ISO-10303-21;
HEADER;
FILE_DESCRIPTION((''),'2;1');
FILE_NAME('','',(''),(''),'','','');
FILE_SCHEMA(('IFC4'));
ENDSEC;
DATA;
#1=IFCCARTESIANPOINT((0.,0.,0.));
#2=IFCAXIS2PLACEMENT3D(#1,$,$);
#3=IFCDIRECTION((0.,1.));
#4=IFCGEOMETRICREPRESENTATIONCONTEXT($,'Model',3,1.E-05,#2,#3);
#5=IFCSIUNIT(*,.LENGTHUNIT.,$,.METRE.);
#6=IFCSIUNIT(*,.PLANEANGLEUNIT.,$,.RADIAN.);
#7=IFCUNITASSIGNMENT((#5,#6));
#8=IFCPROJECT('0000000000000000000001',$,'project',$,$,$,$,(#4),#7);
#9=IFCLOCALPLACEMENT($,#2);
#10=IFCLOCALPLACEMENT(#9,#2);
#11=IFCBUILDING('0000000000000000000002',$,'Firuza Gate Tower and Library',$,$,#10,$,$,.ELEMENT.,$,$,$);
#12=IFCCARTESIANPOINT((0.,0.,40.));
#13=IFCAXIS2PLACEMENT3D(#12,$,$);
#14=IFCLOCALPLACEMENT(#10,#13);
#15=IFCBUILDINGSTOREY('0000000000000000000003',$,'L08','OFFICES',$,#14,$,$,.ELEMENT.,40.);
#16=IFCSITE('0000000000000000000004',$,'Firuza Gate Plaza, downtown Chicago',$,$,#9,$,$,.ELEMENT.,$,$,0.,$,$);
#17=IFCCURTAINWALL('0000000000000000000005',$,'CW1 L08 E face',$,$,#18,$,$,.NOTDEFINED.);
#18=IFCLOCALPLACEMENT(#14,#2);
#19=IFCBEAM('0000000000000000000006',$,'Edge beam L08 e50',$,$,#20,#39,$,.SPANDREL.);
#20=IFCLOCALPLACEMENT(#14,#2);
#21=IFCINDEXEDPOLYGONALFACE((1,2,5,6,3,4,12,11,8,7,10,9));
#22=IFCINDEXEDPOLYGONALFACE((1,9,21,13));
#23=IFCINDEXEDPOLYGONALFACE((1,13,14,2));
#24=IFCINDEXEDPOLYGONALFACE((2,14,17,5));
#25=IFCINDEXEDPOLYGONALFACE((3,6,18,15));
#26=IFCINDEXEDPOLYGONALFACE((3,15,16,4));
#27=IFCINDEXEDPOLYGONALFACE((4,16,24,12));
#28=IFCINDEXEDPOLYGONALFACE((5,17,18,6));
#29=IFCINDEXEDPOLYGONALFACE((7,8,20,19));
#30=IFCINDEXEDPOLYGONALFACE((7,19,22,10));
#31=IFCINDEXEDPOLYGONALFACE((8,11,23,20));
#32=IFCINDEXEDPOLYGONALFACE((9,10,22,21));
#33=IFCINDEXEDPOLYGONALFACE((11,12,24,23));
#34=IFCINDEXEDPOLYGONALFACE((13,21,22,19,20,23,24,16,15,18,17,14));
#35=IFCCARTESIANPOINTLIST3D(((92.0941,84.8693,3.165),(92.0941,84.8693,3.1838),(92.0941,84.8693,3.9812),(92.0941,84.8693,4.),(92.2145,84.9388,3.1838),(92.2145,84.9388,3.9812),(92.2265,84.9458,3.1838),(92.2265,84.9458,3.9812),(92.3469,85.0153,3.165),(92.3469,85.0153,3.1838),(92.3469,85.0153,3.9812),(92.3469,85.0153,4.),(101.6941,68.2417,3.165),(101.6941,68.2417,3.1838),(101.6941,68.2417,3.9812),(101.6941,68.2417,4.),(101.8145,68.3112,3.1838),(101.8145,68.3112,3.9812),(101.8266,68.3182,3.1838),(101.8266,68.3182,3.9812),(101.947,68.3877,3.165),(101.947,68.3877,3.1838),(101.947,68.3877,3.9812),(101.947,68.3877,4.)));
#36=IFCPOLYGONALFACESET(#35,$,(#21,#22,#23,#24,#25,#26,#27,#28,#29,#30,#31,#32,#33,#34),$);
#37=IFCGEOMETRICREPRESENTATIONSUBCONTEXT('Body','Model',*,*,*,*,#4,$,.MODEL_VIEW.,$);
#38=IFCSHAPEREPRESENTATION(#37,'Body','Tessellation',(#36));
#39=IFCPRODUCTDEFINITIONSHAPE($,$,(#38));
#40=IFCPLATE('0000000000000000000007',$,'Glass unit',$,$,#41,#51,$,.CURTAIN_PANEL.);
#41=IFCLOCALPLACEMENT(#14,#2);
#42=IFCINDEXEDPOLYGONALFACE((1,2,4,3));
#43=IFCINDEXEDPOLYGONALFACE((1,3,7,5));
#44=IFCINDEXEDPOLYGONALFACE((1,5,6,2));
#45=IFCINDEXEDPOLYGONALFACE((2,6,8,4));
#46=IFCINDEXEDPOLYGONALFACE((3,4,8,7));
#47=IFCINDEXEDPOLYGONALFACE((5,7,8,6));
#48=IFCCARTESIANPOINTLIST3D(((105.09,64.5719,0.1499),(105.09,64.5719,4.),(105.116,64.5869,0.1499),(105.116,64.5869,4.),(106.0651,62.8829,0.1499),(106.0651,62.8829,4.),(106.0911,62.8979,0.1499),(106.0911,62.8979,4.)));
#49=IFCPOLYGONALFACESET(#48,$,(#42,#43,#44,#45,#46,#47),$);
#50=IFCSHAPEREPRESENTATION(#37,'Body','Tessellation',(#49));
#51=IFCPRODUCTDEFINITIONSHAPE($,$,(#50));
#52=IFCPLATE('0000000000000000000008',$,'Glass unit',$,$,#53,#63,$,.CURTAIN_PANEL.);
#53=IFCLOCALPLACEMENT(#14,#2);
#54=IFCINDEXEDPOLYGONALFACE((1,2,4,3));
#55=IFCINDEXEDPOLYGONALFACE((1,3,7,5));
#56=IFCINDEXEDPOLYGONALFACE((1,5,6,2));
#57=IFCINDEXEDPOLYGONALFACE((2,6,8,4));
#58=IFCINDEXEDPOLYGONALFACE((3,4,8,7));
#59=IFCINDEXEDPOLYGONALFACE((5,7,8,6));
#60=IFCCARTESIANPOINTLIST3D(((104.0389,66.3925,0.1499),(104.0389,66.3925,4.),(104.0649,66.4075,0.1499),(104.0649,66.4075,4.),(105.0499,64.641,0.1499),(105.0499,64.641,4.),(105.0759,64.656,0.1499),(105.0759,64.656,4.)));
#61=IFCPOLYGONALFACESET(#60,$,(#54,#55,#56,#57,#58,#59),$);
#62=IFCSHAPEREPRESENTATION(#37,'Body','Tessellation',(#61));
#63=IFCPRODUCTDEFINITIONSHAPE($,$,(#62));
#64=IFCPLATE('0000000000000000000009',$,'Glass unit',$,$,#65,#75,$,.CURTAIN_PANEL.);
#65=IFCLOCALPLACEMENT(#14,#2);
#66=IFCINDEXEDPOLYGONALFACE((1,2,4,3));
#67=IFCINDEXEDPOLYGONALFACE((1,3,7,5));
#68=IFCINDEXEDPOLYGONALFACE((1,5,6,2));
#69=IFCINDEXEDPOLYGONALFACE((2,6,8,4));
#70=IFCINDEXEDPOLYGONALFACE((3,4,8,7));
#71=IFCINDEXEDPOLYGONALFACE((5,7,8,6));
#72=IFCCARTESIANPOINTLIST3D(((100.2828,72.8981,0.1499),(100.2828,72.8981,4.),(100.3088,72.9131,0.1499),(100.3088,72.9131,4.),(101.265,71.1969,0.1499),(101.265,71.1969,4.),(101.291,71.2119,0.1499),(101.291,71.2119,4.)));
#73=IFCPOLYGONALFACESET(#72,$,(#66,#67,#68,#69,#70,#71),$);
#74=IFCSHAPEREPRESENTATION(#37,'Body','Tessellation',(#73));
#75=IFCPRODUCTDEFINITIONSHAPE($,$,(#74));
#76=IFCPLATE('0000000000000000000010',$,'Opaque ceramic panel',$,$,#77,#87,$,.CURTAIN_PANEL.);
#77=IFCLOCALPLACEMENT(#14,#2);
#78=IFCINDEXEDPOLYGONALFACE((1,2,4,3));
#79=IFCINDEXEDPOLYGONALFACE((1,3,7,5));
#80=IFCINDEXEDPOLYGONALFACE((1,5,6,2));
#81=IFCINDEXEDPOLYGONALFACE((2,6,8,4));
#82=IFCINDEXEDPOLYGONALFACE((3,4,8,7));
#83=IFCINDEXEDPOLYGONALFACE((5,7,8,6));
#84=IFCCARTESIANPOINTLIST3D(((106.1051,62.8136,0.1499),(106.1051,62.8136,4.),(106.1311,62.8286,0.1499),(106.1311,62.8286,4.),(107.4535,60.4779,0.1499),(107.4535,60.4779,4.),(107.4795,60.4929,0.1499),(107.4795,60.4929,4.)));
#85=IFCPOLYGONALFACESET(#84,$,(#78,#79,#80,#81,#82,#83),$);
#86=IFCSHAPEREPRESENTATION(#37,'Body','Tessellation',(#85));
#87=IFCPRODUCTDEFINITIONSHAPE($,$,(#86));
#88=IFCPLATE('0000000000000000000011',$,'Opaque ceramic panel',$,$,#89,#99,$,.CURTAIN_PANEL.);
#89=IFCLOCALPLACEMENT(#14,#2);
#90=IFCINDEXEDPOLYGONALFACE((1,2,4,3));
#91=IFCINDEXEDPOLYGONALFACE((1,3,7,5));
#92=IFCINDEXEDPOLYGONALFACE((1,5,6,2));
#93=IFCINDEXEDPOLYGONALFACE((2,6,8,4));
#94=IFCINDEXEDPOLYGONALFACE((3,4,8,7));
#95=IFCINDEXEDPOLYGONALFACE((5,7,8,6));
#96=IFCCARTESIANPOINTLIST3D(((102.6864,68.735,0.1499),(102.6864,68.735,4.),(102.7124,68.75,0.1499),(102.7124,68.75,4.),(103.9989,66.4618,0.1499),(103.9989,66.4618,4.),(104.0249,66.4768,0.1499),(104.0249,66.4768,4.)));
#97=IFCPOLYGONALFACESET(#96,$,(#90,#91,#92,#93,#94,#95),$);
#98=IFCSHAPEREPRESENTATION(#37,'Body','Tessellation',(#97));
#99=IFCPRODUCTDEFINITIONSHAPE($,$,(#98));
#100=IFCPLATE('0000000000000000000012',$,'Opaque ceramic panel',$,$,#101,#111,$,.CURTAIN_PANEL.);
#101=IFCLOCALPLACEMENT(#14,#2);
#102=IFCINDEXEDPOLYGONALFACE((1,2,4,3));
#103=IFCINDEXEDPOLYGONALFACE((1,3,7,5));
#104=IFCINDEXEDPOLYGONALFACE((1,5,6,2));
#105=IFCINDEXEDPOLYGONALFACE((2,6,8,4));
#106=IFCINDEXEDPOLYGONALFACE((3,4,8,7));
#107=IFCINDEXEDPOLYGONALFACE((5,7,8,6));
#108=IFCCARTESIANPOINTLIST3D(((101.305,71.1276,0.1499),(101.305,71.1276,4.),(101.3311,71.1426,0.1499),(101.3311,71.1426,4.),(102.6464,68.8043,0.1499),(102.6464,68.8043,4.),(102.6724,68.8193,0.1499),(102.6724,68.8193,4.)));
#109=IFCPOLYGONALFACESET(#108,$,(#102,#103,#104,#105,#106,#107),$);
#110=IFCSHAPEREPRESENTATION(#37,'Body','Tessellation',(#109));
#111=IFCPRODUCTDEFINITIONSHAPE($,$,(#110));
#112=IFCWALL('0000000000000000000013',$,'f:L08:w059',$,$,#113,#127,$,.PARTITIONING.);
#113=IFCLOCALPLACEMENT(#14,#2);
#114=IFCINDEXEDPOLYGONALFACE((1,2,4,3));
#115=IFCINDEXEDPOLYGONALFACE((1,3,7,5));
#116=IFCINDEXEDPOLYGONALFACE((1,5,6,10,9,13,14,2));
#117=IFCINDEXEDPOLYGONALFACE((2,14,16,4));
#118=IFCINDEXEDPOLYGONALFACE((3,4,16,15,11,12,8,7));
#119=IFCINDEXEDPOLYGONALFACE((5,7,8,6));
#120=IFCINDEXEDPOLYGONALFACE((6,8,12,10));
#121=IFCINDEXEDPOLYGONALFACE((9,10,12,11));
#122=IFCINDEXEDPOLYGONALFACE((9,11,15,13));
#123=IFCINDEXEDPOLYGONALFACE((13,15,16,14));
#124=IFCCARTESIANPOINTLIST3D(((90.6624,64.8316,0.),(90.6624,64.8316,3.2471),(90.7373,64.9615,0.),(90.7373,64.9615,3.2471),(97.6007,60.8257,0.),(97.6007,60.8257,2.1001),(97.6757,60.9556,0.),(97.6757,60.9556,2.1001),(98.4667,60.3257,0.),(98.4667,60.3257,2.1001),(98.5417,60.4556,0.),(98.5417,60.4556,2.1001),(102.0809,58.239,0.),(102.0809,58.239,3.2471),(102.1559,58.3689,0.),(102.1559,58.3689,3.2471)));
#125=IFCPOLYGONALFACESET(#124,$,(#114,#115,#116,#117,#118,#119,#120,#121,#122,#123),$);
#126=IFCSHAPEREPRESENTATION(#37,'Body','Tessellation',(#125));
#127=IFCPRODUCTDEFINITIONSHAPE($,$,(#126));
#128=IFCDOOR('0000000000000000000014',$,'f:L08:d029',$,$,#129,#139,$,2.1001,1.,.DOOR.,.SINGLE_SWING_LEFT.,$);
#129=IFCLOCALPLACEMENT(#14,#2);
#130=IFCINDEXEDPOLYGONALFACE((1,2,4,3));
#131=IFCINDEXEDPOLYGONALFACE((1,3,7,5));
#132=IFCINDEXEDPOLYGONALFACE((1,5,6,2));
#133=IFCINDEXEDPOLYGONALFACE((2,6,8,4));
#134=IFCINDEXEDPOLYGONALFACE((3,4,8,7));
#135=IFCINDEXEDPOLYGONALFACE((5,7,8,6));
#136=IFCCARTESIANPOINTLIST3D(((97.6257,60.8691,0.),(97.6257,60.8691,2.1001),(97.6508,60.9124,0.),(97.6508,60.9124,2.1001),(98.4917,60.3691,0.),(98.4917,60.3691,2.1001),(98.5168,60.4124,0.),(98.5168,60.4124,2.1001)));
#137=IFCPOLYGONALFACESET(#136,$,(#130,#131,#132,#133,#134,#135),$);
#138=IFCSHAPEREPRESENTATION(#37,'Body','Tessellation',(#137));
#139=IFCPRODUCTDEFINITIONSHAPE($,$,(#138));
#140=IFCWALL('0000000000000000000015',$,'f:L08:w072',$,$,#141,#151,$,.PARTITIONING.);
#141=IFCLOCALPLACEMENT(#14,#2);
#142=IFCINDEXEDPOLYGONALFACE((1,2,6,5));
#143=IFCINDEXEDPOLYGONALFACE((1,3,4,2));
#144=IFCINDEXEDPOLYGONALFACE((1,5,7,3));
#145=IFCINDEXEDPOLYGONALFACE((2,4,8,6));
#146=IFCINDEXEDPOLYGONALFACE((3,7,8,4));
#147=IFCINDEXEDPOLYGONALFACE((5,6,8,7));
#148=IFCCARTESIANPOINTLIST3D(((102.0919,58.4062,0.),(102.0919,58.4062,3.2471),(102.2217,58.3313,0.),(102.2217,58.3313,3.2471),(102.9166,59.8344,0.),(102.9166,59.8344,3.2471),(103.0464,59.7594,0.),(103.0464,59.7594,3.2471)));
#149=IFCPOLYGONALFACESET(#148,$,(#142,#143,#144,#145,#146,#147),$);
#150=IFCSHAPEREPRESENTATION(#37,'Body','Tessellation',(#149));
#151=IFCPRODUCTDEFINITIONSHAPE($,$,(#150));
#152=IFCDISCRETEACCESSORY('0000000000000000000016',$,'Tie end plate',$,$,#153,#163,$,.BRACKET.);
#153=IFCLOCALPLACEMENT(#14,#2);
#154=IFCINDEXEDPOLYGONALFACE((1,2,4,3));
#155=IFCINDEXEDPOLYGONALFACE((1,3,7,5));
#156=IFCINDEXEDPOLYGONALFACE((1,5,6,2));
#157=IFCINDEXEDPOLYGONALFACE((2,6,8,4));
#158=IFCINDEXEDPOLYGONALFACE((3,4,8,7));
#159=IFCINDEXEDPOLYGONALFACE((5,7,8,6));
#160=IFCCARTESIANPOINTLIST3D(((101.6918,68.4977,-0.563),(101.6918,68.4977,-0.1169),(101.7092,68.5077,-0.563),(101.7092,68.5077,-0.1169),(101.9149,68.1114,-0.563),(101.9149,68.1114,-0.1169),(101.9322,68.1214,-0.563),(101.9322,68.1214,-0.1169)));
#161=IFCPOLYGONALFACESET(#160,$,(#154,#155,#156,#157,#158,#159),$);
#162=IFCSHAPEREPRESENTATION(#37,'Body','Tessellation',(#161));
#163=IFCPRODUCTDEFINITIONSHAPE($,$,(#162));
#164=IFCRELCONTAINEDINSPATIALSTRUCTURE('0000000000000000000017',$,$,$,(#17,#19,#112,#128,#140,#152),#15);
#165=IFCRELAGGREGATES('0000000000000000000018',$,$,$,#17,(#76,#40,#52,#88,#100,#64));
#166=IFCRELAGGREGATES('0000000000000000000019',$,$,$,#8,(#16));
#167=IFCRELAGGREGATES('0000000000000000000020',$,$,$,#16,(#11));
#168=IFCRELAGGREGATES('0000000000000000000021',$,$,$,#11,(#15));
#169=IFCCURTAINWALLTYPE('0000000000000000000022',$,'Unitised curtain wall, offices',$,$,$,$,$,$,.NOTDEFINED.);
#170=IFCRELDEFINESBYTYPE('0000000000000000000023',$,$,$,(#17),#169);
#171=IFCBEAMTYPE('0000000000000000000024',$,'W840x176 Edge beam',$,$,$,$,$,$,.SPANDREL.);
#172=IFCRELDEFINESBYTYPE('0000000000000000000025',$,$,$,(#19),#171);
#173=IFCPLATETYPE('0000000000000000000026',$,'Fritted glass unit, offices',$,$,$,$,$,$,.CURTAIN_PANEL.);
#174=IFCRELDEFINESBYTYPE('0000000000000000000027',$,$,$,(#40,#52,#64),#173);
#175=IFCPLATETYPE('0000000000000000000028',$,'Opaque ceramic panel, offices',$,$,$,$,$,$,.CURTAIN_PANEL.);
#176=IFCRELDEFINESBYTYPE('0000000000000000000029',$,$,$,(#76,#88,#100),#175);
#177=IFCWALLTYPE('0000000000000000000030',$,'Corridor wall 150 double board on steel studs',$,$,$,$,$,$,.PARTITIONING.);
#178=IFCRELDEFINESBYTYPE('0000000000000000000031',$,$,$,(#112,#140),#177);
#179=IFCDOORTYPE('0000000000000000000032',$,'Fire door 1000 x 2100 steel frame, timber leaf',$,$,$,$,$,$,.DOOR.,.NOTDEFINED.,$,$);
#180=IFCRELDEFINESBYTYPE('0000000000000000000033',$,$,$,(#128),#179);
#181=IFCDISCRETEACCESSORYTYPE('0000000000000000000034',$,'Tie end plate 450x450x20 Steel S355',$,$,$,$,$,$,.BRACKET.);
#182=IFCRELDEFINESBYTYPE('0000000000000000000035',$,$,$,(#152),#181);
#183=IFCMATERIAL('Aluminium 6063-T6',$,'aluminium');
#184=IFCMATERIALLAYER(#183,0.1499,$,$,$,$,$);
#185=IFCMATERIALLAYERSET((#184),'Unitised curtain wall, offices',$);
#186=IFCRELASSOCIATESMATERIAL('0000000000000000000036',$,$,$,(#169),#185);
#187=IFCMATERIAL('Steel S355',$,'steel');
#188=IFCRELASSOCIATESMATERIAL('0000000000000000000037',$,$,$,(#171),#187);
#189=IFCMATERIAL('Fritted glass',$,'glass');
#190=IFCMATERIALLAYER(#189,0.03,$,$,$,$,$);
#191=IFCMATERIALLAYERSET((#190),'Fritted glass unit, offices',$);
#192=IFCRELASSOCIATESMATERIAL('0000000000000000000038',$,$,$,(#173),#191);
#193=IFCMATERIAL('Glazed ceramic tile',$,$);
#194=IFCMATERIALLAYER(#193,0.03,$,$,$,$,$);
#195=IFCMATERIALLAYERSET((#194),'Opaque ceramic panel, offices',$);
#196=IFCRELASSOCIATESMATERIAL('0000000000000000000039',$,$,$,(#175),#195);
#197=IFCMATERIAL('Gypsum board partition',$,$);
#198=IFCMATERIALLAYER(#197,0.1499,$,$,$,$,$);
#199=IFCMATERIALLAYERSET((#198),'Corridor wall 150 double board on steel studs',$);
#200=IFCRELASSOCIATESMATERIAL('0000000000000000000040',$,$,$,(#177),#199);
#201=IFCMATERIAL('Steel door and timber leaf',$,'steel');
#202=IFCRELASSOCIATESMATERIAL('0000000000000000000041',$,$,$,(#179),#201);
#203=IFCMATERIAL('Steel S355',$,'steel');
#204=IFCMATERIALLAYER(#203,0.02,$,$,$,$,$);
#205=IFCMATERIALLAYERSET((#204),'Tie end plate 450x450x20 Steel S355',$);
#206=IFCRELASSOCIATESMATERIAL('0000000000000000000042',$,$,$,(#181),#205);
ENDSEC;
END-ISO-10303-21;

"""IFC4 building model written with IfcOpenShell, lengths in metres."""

from ifc_helpers import new_model, si_unit, direction, frame, frame_2d, origin, origin_2d, place, context, subcontext, project, spatial, polyline, rectangle, i_section, outline, extrude, material, layer, layer_set, material_profile, profile_set, type_object, element, fill, aggregate, save


model = new_model("IFC4")

# Units and contexts
model_context = context("Model", 3, precision=1e-05, world=origin(), true_north=direction((0.0, 1.0)))
body_context = subcontext(model_context, "Body", "Model", "MODEL_VIEW")
ifc_project = project(units=[si_unit("LENGTHUNIT", "METRE"), si_unit("PLANEANGLEUNIT", "RADIAN")], contexts=[model_context])

# Site, building, storey
site_placement = place(None, origin())
site = spatial("IfcSite", under=ifc_project, at=site_placement, Name="Firuza Gate Plaza, downtown Chicago", CompositionType="ELEMENT", RefElevation=0.0)
building_placement = place(site_placement, origin())
building = spatial("IfcBuilding", under=site, at=building_placement, Name="Firuza Gate Tower and Library", CompositionType="ELEMENT")
storey_placement = place(building_placement, frame((0.0, 0.0, 40.0)))
storey = spatial("IfcBuildingStorey", under=building, at=storey_placement, Name="L08", Description="OFFICES", CompositionType="ELEMENT", Elevation=40.0)

# Curtain wall
ifc_material_1 = material(Name="Aluminium 6063-T6", Category="aluminium")
ifc_layer_1 = layer(ifc_material_1, 0.1499)
ifc_layer_set_1 = layer_set([ifc_layer_1], Name="Unitised curtain wall, offices")
curtain_wall_type = type_object("IfcCurtainWallType", Name="Unitised curtain wall, offices", PredefinedType="NOTDEFINED", material=ifc_layer_set_1)
curtain_wall_placement = place(storey_placement, origin())
curtain_wall = element("IfcCurtainWall", 1, at=curtain_wall_placement, inside=storey, type_object=curtain_wall_type, Name="CW1 L08 E face", PredefinedType="NOTDEFINED")

# Beam
ifc_material_2 = material(Name="Steel S355", Category="steel")
ifc_material_profile_1 = material_profile(ifc_material_2, i_section(OverallWidth=0.292, OverallDepth=0.835, WebThickness=0.0139, FlangeThickness=0.0188, at=origin_2d()))
ifc_profile_set_1 = profile_set([ifc_material_profile_1], Name="Steel S355")
beam_type_1 = type_object("IfcBeamType", Name="W840x176 Edge beam", PredefinedType="SPANDREL", material=ifc_profile_set_1)
beam_1_placement = place(storey_placement, frame((101.8206, 68.3147, 3.5825), z_axis=(-0.500004, 0.866023, 0.0), x_axis=(-0.866023, -0.500004, 0.0)))
element("IfcBeam", 2, at=beam_1_placement, inside=storey, type_object=beam_type_1, Name="Edge beam L08 e50", PredefinedType="SPANDREL", context=body_context, shape_type="SweptSolid", body=[
    extrude(i_section(OverallWidth=0.292, OverallDepth=0.835, WebThickness=0.0139, FlangeThickness=0.0188, at=origin_2d()), origin(), (0.0, 0.0, 1.0), 19.2),
])

# Plates
ifc_material_3 = material(Name="Fritted glass", Category="glass")
ifc_layer_2 = layer(ifc_material_3, 0.03)
ifc_layer_set_2 = layer_set([ifc_layer_2], Name="Fritted glass unit, offices")
plate_type_1 = type_object("IfcPlateType", Name="Fritted glass unit, offices", PredefinedType="CURTAIN_PANEL", material=ifc_layer_set_2)
plate_1_placement = place(storey_placement, frame((106.0911, 62.8979, 0.1499), z_axis=(0.866031, 0.49999, 0.0), x_axis=(-0.49999, 0.866031, 0.0)))
plate_1 = element("IfcPlate", 3, at=plate_1_placement, type_object=plate_type_1, Name="Glass unit", PredefinedType="CURTAIN_PANEL", context=body_context, shape_type="SweptSolid", body=[
    extrude(outline(polyline([(0.0, 0.0), (1.9502, 0.0), (1.9502, 3.8501), (0.0, 3.8501), (0.0, 0.0)])), origin(), (0.0, 0.0, -1.0), 0.03),
])
plate_2_placement = place(storey_placement, frame((105.0759, 64.656, 0.1499), z_axis=(0.866073, 0.499918, 0.0), x_axis=(-0.499918, 0.866073, 0.0)))
plate_2 = element("IfcPlate", 4, at=plate_2_placement, type_object=plate_type_1, Name="Glass unit", PredefinedType="CURTAIN_PANEL", context=body_context, shape_type="SweptSolid", body=[
    extrude(outline(polyline([(0.0, 0.0), (2.0223, 0.0), (2.0223, 3.8501), (0.0, 3.8501), (0.0, 0.0)])), origin(), (0.0, 0.0, -1.0), 0.03),
])
plate_3_placement = place(storey_placement, frame((101.291, 71.2119, 0.1499), z_axis=(0.866024, 0.500002, 0.0), x_axis=(-0.500002, 0.866024, 0.0)))
plate_3 = element("IfcPlate", 5, at=plate_3_placement, type_object=plate_type_1, Name="Glass unit", PredefinedType="CURTAIN_PANEL", context=body_context, shape_type="SweptSolid", body=[
    extrude(outline(polyline([(0.0, 0.0), (1.9643, 0.0), (1.9643, 3.8501), (0.0, 3.8501), (0.0, 0.0)])), origin(), (0.0, 0.0, -1.0), 0.03),
])
ifc_material_4 = material(Name="Glazed ceramic tile")
ifc_layer_3 = layer(ifc_material_4, 0.03)
ifc_layer_set_3 = layer_set([ifc_layer_3], Name="Opaque ceramic panel, offices")
plate_type_2 = type_object("IfcPlateType", Name="Opaque ceramic panel, offices", PredefinedType="CURTAIN_PANEL", material=ifc_layer_set_3)
plate_4_placement = place(storey_placement, frame((107.4795, 60.4929, 0.1499), z_axis=(0.866045, 0.499965, 0.0), x_axis=(-0.499965, 0.866045, 0.0)))
plate_4 = element("IfcPlate", 6, at=plate_4_placement, type_object=plate_type_2, Name="Opaque ceramic panel", PredefinedType="CURTAIN_PANEL", context=body_context, shape_type="SweptSolid", body=[
    extrude(outline(polyline([(0.0, 0.0), (2.697, 0.0), (2.697, 3.8501), (0.0, 3.8501), (0.0, 0.0)])), origin(), (0.0, 0.0, -1.0), 0.03),
])
plate_5_placement = place(storey_placement, frame((104.0249, 66.4768, 0.1499), z_axis=(0.866014, 0.50002, 0.0), x_axis=(-0.50002, 0.866014, 0.0)))
plate_5 = element("IfcPlate", 7, at=plate_5_placement, type_object=plate_type_2, Name="Opaque ceramic panel", PredefinedType="CURTAIN_PANEL", context=body_context, shape_type="SweptSolid", body=[
    extrude(outline(polyline([(0.0, 0.0), (2.6249, 0.0), (2.6249, 3.8501), (0.0, 3.8501), (0.0, 0.0)])), origin(), (0.0, 0.0, -1.0), 0.03),
])
plate_6_placement = place(storey_placement, frame((102.6724, 68.8193, 0.1499), z_axis=(0.866028, 0.499996, 0.0), x_axis=(-0.499996, 0.866028, 0.0)))
plate_6 = element("IfcPlate", 8, at=plate_6_placement, type_object=plate_type_2, Name="Opaque ceramic panel", PredefinedType="CURTAIN_PANEL", context=body_context, shape_type="SweptSolid", body=[
    extrude(outline(polyline([(0.0, 0.0), (2.6826, 0.0), (2.6826, 3.8501), (0.0, 3.8501), (0.0, 0.0)])), origin(), (0.0, 0.0, -1.0), 0.03),
])
aggregate(curtain_wall, [plate_4, plate_1, plate_2, plate_5, plate_6, plate_3])

# Wall, opening, door
ifc_material_5 = material(Name="Gypsum board partition")
ifc_layer_4 = layer(ifc_material_5, 0.1499)
ifc_layer_set_4 = layer_set([ifc_layer_4], Name="Corridor wall 150 double board on steel studs")
wall_type = type_object("IfcWallType", Name="Corridor wall 150 double board on steel studs", PredefinedType="PARTITIONING", material=ifc_layer_set_4)
wall_1_placement = place(storey_placement, frame((102.1184, 58.304, 0.0), z_axis=(0.0, 0.0, 1.0), x_axis=(-0.866023, 0.500005, 0.0)))
wall_1 = element("IfcWall", 9, at=wall_1_placement, inside=storey, type_object=wall_type, Name="f:L08:w059", PredefinedType="PARTITIONING", context=body_context, shape_type="SweptSolid", body=[
    extrude(rectangle(XDim=13.1851, YDim=0.1499, at=frame_2d((6.5925, 0.0))), origin(), (0.0, 0.0, 1.0), 3.2471),
])
opening_placement = place(wall_1_placement, frame((4.1733, 0.0, 0.0)))
opening = element("IfcOpeningElement", 10, at=opening_placement, cuts=wall_1, PredefinedType="OPENING", context=body_context, shape_type="SweptSolid", body=[
    extrude(rectangle(XDim=1.0, YDim=2.1001, at=frame_2d((0.5, 1.05))), frame((0.0, 0.085, 0.0), z_axis=(0.0, -1.0, 0.0), x_axis=(1.0, 0.0, 0.0)), (0.0, 0.0, 1.0), 0.1699),
])
ifc_material_6 = material(Name="Steel door and timber leaf", Category="steel")
door_type = type_object("IfcDoorType", Name="Fire door 1000 x 2100 steel frame, timber leaf", OperationType="NOTDEFINED", PredefinedType="DOOR", material=ifc_material_6)
door_placement = place(opening_placement, origin())
door = element("IfcDoor", 11, at=door_placement, inside=storey, type_object=door_type, Name="f:L08:d029", OperationType="SINGLE_SWING_LEFT", OverallHeight=2.1001, OverallWidth=1.0, PredefinedType="DOOR", context=body_context, shape_type="SweptSolid", body=[
    extrude(rectangle(XDim=1.0, YDim=2.1001, at=frame_2d((0.5, 1.05))), frame((0.0, 0.0249, 0.0), z_axis=(0.0, -1.0, 0.0), x_axis=(1.0, 0.0, 0.0)), (0.0, 0.0, 1.0), 0.05),
])
fill(opening, door)

# Wall
wall_2_placement = place(storey_placement, frame((102.1567, 58.3687, 0.0), z_axis=(0.0, 0.0, 1.0), x_axis=(0.500056, 0.865993, 0.0)))
element("IfcWall", 12, at=wall_2_placement, inside=storey, type_object=wall_type, Name="f:L08:w072", PredefinedType="PARTITIONING", context=body_context, shape_type="SweptSolid", body=[
    extrude(rectangle(XDim=1.6492, YDim=0.1499, at=frame_2d((0.8247, 0.0))), origin(), (0.0, 0.0, 1.0), 3.2471),
])

# Discrete accessory
ifc_material_7 = material(Name="Steel S355", Category="steel")
ifc_layer_5 = layer(ifc_material_7, 0.02)
ifc_layer_set_5 = layer_set([ifc_layer_5], Name="Tie end plate 450x450x20 Steel S355")
discrete_accessory_type = type_object("IfcDiscreteAccessoryType", Name="Tie end plate 450x450x20 Steel S355", PredefinedType="BRACKET", material=ifc_layer_set_5)
discrete_accessory_placement = place(storey_placement, frame((101.812, 68.3096, -0.563), z_axis=(0.0, 0.0, 1.0), x_axis=(-0.866025, -0.5, 0.0)))
element("IfcDiscreteAccessory", 13, at=discrete_accessory_placement, inside=storey, type_object=discrete_accessory_type, Name="Tie end plate", PredefinedType="BRACKET", context=body_context, shape_type="SweptSolid", body=[
    extrude(rectangle(XDim=0.02, YDim=0.446, at=origin_2d()), origin(), (0.0, 0.0, 1.0), 0.446),
])

save(model, "model.ifc")
